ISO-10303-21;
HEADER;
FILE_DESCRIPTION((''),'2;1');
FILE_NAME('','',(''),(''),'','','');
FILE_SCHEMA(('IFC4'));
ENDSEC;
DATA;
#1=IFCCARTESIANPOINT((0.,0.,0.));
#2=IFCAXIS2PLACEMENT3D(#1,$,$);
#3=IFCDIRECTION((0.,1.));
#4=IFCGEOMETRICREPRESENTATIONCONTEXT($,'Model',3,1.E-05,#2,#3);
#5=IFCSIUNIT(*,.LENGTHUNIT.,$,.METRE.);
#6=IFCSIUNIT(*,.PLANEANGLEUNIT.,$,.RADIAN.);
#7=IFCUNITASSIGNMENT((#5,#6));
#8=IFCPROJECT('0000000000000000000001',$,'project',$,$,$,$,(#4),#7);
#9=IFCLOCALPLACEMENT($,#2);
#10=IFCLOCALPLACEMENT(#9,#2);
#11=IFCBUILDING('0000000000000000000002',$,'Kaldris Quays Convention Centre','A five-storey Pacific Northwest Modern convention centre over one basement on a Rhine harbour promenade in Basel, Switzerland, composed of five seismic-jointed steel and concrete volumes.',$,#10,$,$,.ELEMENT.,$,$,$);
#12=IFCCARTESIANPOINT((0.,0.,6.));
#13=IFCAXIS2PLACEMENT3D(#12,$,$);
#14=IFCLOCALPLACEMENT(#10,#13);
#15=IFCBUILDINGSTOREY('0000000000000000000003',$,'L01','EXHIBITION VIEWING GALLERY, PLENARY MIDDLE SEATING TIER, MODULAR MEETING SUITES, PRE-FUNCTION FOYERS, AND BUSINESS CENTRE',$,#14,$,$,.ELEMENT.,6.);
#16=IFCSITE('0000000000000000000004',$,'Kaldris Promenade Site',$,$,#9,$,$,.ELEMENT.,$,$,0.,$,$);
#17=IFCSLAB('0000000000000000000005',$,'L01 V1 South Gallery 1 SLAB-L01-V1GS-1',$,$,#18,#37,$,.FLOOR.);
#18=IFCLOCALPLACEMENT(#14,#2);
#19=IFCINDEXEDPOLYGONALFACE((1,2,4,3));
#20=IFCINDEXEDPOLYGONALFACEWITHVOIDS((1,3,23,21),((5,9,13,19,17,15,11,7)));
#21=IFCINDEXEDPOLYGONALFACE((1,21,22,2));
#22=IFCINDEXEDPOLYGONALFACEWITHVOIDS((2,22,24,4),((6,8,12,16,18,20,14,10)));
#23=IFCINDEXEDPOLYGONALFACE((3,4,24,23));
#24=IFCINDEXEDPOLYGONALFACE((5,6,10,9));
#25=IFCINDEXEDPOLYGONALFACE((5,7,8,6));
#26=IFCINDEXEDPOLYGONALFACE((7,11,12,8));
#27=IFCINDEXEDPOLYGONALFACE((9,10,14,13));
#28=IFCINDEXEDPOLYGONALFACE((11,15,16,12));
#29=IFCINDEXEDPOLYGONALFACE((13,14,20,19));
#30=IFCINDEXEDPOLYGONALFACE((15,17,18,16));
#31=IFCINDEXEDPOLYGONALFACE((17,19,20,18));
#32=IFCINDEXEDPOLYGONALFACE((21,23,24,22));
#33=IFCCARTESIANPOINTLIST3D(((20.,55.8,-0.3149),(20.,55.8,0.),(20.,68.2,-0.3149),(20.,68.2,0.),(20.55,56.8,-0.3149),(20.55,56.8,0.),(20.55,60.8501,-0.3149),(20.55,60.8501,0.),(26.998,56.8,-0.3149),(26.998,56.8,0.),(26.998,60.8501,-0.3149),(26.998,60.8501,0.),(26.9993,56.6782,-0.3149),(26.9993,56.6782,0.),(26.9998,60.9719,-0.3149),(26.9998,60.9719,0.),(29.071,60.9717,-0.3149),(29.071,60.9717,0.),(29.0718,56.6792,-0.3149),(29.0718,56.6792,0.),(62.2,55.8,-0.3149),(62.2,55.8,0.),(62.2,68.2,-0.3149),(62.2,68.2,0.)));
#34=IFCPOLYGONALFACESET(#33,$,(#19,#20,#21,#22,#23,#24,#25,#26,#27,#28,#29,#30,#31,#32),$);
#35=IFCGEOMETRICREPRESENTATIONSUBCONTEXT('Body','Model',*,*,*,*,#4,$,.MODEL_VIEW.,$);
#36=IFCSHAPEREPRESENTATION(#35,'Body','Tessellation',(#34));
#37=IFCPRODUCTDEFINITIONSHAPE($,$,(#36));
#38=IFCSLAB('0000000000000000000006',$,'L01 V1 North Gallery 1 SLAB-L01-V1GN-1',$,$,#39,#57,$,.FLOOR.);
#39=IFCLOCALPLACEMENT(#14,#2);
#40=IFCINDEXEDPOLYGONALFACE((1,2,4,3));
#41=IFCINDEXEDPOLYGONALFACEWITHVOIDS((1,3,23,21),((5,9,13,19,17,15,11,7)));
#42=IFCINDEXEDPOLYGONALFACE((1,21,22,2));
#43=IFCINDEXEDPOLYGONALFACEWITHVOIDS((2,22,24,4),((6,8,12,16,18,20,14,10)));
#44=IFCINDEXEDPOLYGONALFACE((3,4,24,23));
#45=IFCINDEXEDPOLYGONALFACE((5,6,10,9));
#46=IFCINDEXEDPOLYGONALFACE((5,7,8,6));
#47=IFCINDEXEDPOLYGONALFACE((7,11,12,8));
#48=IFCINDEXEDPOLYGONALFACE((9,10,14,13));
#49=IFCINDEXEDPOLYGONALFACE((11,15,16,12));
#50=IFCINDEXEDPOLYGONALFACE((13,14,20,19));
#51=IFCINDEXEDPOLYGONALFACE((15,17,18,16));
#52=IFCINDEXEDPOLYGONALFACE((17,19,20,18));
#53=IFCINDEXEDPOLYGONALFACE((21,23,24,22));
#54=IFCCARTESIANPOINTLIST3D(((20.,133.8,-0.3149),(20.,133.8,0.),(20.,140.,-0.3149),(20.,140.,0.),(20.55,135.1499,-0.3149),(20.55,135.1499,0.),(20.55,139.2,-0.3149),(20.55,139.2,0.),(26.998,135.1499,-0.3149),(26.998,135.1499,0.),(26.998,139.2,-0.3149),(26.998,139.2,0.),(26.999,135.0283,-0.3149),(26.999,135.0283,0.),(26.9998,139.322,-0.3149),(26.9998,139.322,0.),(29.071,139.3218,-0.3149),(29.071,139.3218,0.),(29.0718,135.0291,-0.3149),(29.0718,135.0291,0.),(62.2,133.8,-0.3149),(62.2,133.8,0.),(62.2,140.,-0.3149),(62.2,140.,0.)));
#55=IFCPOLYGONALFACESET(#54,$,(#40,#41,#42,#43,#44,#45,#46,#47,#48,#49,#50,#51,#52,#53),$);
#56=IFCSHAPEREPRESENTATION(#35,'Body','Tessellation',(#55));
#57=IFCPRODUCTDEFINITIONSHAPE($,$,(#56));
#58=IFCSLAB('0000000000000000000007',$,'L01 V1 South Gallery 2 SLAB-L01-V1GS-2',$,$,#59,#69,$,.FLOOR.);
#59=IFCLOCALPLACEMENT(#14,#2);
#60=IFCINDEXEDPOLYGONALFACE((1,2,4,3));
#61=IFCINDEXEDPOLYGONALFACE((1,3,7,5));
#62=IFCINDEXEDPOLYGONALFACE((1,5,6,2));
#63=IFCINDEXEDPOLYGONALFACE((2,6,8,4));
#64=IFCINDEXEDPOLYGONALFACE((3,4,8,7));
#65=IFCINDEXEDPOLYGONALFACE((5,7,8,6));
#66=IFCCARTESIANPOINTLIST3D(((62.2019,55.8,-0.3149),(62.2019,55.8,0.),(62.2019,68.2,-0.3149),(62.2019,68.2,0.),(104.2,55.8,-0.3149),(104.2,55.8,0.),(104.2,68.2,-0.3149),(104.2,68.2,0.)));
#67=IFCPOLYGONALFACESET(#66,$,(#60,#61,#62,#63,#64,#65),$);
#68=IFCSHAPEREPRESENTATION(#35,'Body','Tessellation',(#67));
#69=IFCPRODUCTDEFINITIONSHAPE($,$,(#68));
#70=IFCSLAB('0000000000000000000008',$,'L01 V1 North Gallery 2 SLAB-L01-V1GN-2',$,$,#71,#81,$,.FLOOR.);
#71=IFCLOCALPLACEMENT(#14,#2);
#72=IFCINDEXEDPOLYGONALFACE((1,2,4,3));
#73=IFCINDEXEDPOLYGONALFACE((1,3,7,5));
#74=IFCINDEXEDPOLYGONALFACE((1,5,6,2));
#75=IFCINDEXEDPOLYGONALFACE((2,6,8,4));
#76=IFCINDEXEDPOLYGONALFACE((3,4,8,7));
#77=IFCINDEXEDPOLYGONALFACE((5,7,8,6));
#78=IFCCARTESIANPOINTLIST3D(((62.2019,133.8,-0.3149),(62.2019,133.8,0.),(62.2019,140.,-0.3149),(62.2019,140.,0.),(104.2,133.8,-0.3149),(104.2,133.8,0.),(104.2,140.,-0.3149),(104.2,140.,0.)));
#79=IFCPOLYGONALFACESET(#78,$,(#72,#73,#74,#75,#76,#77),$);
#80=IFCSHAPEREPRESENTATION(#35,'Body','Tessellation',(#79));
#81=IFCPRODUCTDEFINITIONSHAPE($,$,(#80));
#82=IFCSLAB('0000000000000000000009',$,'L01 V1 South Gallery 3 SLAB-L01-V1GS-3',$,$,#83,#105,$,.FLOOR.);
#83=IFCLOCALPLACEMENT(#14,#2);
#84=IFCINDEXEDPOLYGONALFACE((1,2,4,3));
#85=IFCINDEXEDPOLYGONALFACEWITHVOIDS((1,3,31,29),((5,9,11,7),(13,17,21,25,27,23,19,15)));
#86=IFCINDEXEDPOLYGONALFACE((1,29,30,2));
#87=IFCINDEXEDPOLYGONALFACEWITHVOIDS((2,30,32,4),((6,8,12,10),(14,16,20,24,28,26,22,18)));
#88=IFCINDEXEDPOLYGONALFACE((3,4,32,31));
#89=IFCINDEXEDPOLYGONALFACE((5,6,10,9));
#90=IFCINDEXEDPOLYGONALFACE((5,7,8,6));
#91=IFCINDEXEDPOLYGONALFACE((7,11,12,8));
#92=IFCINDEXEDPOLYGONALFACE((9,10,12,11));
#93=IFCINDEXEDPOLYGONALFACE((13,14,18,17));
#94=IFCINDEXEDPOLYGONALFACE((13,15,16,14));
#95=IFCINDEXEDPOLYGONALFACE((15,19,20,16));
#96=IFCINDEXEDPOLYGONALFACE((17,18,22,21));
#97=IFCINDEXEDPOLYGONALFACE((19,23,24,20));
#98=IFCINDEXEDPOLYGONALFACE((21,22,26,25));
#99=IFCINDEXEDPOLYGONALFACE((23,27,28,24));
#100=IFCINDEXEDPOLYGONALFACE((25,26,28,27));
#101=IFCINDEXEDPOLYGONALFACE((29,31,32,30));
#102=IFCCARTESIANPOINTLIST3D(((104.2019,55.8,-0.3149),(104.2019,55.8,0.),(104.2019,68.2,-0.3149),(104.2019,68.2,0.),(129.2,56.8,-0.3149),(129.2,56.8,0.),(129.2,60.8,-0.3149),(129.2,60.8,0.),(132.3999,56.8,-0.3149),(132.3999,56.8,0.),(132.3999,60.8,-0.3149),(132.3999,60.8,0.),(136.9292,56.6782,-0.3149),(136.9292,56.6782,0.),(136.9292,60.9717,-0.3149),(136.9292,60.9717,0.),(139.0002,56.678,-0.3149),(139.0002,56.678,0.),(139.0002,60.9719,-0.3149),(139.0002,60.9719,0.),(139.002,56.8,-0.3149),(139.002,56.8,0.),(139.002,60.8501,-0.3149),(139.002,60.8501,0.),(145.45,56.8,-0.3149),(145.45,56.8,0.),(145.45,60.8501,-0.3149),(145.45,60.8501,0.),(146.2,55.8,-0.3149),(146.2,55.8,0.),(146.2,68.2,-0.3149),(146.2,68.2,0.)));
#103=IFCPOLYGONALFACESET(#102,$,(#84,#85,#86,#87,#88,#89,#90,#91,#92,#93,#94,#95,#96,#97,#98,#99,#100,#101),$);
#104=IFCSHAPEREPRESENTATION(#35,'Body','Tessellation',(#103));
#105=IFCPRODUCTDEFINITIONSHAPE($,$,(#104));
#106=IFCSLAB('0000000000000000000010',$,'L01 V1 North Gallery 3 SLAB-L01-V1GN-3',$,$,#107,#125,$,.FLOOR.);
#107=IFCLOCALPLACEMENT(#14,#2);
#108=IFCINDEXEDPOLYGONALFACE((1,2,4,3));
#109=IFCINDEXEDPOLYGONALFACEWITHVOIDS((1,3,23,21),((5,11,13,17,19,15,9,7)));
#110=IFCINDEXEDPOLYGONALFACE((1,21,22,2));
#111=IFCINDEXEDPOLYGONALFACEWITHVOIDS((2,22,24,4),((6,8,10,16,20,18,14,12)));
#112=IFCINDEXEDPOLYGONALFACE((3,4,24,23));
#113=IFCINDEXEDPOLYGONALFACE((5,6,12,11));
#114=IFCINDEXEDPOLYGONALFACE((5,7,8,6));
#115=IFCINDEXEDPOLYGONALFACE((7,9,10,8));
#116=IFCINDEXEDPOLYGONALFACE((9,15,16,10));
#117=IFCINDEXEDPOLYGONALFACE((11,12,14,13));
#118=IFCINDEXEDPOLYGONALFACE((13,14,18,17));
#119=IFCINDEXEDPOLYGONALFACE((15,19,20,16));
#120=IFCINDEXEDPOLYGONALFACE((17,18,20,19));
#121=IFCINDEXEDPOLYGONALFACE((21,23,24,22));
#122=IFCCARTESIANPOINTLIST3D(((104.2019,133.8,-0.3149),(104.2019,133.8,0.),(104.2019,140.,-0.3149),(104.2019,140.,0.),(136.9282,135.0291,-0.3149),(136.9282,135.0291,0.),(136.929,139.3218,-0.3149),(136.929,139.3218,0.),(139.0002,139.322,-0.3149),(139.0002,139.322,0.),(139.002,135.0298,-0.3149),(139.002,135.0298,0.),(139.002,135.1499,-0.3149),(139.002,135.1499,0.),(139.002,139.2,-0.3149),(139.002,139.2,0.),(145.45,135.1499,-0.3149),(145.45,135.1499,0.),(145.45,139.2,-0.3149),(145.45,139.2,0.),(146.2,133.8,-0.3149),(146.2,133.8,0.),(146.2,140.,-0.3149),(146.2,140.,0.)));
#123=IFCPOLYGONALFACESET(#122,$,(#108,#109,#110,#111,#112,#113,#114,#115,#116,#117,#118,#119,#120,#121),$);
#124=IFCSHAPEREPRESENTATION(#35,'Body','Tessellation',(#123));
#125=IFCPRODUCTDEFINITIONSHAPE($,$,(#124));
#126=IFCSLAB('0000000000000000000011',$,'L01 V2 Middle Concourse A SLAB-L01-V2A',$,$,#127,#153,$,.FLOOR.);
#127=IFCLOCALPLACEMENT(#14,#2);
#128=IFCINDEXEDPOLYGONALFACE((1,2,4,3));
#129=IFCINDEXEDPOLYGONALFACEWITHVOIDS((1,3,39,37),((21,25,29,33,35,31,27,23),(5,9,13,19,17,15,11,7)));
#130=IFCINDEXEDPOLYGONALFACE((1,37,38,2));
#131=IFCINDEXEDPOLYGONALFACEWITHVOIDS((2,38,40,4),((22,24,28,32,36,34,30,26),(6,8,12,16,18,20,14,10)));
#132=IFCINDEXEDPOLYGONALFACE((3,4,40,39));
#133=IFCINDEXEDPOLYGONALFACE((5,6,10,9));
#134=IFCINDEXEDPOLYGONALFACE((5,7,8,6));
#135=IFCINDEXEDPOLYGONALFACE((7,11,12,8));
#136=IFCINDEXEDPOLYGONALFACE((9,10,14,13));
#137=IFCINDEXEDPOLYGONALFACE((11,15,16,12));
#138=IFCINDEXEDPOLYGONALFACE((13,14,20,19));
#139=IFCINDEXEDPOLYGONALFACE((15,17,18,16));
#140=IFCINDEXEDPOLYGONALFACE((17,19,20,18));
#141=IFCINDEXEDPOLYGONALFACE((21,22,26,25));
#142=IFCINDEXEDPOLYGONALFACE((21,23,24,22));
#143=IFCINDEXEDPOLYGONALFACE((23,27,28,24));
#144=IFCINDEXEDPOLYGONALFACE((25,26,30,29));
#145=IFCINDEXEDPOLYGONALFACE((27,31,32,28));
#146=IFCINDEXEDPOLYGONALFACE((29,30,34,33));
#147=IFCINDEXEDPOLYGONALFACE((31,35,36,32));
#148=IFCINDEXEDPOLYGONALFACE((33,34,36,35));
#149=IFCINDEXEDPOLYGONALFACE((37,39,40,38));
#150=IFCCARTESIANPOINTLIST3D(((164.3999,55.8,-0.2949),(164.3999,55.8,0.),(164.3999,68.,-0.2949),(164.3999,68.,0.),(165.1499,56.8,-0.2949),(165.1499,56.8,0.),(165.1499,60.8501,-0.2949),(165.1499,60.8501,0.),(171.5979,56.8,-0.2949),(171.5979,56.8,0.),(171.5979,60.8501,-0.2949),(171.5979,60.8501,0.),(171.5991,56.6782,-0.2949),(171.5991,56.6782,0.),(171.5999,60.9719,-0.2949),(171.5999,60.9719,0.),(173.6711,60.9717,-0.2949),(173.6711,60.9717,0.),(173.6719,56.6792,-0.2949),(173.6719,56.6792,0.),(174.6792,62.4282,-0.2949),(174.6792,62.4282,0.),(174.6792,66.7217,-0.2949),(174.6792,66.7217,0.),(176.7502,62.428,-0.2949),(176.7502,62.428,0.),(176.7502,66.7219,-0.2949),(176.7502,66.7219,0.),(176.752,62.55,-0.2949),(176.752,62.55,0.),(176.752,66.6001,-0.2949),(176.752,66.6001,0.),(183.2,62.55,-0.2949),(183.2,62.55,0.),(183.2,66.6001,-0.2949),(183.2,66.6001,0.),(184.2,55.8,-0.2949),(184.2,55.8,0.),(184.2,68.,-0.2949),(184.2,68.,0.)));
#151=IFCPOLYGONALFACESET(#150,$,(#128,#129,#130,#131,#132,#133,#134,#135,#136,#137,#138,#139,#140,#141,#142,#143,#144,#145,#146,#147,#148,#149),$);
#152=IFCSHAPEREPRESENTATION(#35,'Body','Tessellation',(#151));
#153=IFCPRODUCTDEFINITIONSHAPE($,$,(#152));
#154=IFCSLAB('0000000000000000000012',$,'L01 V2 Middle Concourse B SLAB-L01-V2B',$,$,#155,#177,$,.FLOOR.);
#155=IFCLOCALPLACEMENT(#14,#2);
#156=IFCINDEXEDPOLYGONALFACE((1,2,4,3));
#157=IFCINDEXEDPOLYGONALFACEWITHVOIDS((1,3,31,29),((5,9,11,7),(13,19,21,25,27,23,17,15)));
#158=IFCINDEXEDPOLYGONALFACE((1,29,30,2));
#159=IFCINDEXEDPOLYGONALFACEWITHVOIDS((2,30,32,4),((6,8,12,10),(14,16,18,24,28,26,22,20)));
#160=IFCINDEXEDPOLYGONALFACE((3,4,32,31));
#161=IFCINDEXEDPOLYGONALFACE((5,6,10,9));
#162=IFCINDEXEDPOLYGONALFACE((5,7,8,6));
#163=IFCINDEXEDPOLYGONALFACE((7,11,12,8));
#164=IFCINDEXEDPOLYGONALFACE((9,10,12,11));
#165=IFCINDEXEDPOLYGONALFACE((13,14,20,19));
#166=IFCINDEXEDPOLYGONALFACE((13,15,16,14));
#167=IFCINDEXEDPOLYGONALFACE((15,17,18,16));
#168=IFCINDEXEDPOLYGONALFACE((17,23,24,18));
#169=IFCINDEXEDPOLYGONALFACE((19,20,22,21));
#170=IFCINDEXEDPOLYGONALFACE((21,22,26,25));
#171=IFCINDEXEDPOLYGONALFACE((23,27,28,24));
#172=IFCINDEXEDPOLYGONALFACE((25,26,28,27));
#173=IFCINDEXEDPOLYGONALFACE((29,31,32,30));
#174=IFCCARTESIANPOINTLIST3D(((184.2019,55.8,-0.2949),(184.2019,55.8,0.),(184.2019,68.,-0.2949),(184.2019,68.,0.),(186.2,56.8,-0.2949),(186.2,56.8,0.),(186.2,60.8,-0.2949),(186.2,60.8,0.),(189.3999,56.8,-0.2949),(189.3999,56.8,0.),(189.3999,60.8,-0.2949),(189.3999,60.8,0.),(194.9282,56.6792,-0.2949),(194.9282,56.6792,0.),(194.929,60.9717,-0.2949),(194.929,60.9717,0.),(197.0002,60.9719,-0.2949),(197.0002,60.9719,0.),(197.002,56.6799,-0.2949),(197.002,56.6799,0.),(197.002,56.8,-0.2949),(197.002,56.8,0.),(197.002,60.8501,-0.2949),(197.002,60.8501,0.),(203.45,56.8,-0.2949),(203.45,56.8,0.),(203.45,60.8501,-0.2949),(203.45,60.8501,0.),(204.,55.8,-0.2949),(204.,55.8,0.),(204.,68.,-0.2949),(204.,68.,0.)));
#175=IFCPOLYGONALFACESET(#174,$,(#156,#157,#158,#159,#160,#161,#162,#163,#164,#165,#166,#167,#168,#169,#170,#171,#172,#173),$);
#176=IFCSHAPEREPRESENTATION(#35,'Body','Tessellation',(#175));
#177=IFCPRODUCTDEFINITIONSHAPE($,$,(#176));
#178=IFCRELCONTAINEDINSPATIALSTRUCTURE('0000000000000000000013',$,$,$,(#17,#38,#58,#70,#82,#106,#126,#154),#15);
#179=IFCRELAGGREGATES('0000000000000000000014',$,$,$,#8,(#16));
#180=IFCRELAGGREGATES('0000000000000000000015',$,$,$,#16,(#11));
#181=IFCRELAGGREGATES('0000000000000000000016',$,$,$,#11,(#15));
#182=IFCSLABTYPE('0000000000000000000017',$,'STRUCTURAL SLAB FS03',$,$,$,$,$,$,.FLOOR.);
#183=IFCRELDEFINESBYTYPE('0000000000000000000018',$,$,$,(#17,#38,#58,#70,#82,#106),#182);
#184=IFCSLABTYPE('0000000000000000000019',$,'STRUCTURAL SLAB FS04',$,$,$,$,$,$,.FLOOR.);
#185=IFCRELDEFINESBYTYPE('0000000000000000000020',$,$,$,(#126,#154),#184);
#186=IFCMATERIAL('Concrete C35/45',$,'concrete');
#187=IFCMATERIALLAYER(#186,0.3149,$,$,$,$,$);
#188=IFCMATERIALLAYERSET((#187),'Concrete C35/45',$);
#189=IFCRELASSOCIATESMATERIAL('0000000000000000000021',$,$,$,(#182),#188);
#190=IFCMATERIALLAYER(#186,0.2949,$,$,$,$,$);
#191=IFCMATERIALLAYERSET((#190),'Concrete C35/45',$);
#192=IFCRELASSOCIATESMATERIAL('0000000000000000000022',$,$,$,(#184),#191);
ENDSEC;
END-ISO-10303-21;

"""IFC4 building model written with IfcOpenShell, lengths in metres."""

from ifc_helpers import new_model, si_unit, direction, frame, origin, place, context, subcontext, project, spatial, polyline, outline, extrude, material, layer, layer_set, type_object, element, save


model = new_model("IFC4")

# Units and contexts
model_context = context("Model", 3, precision=1e-05, world=origin(), true_north=direction((0.0, 1.0)))
body_context = subcontext(model_context, "Body", "Model", "MODEL_VIEW")
ifc_project = project(units=[si_unit("LENGTHUNIT", "METRE"), si_unit("PLANEANGLEUNIT", "RADIAN")], contexts=[model_context])

# Site, building, storey
site_placement = place(None, origin())
site = spatial("IfcSite", under=ifc_project, at=site_placement, Name="Kaldris Promenade Site", CompositionType="ELEMENT", RefElevation=0.0)
building_placement = place(site_placement, origin())
building = spatial("IfcBuilding", under=site, at=building_placement, Name="Kaldris Quays Convention Centre", Description="A five-storey Pacific Northwest Modern convention centre over one basement on a Rhine harbour promenade in Basel, Switzerland, composed of five seismic-jointed steel and concrete volumes.", CompositionType="ELEMENT")
storey_placement = place(building_placement, frame((0.0, 0.0, 6.0)))
storey = spatial("IfcBuildingStorey", under=building, at=storey_placement, Name="L01", Description="EXHIBITION VIEWING GALLERY, PLENARY MIDDLE SEATING TIER, MODULAR MEETING SUITES, PRE-FUNCTION FOYERS, AND BUSINESS CENTRE", CompositionType="ELEMENT", Elevation=6.0)

# Slabs
ifc_material = material(Name="Concrete C35/45", Category="concrete")
ifc_layer_1 = layer(ifc_material, 0.3149)
ifc_layer_set_1 = layer_set([ifc_layer_1], Name="Concrete C35/45")
slab_type_1 = type_object("IfcSlabType", Name="STRUCTURAL SLAB FS03", PredefinedType="FLOOR", material=ifc_layer_set_1)
slab_1_placement = place(storey_placement, frame((0.0, 0.0, -0.3149)))
element("IfcSlab", 1, at=slab_1_placement, inside=storey, type_object=slab_type_1, Name="L01 V1 South Gallery 1 SLAB-L01-V1GS-1", PredefinedType="FLOOR", context=body_context, shape_type="SweptSolid", body=[
    extrude(outline(polyline([(20.0, 55.8), (20.0, 68.2), (62.2, 68.2), (62.2, 55.8), (20.0, 55.8)]), holes=[polyline([(26.9993, 56.6782), (29.0718, 56.6792), (29.071, 60.9717), (26.9998, 60.9719), (26.998, 60.8501), (20.55, 60.8501), (20.55, 56.8), (26.998, 56.8), (26.9993, 56.6782)])]), origin(), (0.0, 0.0, 1.0), 0.3149),
])
slab_2_placement = place(storey_placement, frame((0.0, 0.0, -0.3149)))
element("IfcSlab", 2, at=slab_2_placement, inside=storey, type_object=slab_type_1, Name="L01 V1 North Gallery 1 SLAB-L01-V1GN-1", PredefinedType="FLOOR", context=body_context, shape_type="SweptSolid", body=[
    extrude(outline(polyline([(20.0, 133.8), (20.0, 140.0), (62.2, 140.0), (62.2, 133.8), (20.0, 133.8)]), holes=[polyline([(26.999, 135.0283), (29.0718, 135.0291), (29.071, 139.3218), (26.9998, 139.322), (26.998, 139.2), (20.55, 139.2), (20.55, 135.1499), (26.998, 135.1499), (26.999, 135.0283)])]), origin(), (0.0, 0.0, 1.0), 0.3149),
])
slab_3_placement = place(storey_placement, frame((0.0, 0.0, -0.3149)))
element("IfcSlab", 3, at=slab_3_placement, inside=storey, type_object=slab_type_1, Name="L01 V1 South Gallery 2 SLAB-L01-V1GS-2", PredefinedType="FLOOR", context=body_context, shape_type="SweptSolid", body=[
    extrude(outline(polyline([(104.2, 68.2), (104.2, 55.8), (62.2019, 55.8), (62.2019, 68.2), (104.2, 68.2)])), origin(), (0.0, 0.0, 1.0), 0.3149),
])
slab_4_placement = place(storey_placement, frame((0.0, 0.0, -0.3149)))
element("IfcSlab", 4, at=slab_4_placement, inside=storey, type_object=slab_type_1, Name="L01 V1 North Gallery 2 SLAB-L01-V1GN-2", PredefinedType="FLOOR", context=body_context, shape_type="SweptSolid", body=[
    extrude(outline(polyline([(104.2, 140.0), (104.2, 133.8), (62.2019, 133.8), (62.2019, 140.0), (104.2, 140.0)])), origin(), (0.0, 0.0, 1.0), 0.3149),
])
slab_5_placement = place(storey_placement, frame((0.0, 0.0, -0.3149)))
element("IfcSlab", 5, at=slab_5_placement, inside=storey, type_object=slab_type_1, Name="L01 V1 South Gallery 3 SLAB-L01-V1GS-3", PredefinedType="FLOOR", context=body_context, shape_type="SweptSolid", body=[
    extrude(outline(polyline([(146.2, 68.2), (146.2, 55.8), (104.2019, 55.8), (104.2019, 68.2), (146.2, 68.2)]), holes=[polyline([(132.3999, 56.8), (132.3999, 60.8), (129.2, 60.8), (129.2, 56.8), (132.3999, 56.8)]), polyline([(136.9292, 56.6782), (139.0002, 56.678), (139.002, 56.8), (145.45, 56.8), (145.45, 60.8501), (139.002, 60.8501), (139.0002, 60.9719), (136.9292, 60.9717), (136.9292, 56.6782)])]), origin(), (0.0, 0.0, 1.0), 0.3149),
])
slab_6_placement = place(storey_placement, frame((0.0, 0.0, -0.3149)))
element("IfcSlab", 6, at=slab_6_placement, inside=storey, type_object=slab_type_1, Name="L01 V1 North Gallery 3 SLAB-L01-V1GN-3", PredefinedType="FLOOR", context=body_context, shape_type="SweptSolid", body=[
    extrude(outline(polyline([(146.2, 140.0), (146.2, 133.8), (104.2019, 133.8), (104.2019, 140.0), (146.2, 140.0)]), holes=[polyline([(139.002, 135.0298), (139.002, 135.1499), (145.45, 135.1499), (145.45, 139.2), (139.002, 139.2), (139.0002, 139.322), (136.929, 139.3218), (136.9282, 135.0291), (139.002, 135.0298)])]), origin(), (0.0, 0.0, 1.0), 0.3149),
])
ifc_layer_2 = layer(ifc_material, 0.2949)
ifc_layer_set_2 = layer_set([ifc_layer_2], Name="Concrete C35/45")
slab_type_2 = type_object("IfcSlabType", Name="STRUCTURAL SLAB FS04", PredefinedType="FLOOR", material=ifc_layer_set_2)
slab_7_placement = place(storey_placement, frame((0.0, 0.0, -0.2949)))
element("IfcSlab", 7, at=slab_7_placement, inside=storey, type_object=slab_type_2, Name="L01 V2 Middle Concourse A SLAB-L01-V2A", PredefinedType="FLOOR", context=body_context, shape_type="SweptSolid", body=[
    extrude(outline(polyline([(164.3999, 55.8), (164.3999, 68.0), (184.2, 68.0), (184.2, 55.8), (164.3999, 55.8)]), holes=[polyline([(171.5991, 56.6782), (173.6719, 56.6792), (173.6711, 60.9717), (171.5999, 60.9719), (171.5979, 60.8501), (165.1499, 60.8501), (165.1499, 56.8), (171.5979, 56.8), (171.5991, 56.6782)]), polyline([(174.6792, 62.4282), (176.7502, 62.428), (176.752, 62.55), (183.2, 62.55), (183.2, 66.6001), (176.752, 66.6001), (176.7502, 66.7219), (174.6792, 66.7217), (174.6792, 62.4282)])]), origin(), (0.0, 0.0, 1.0), 0.2949),
])
slab_8_placement = place(storey_placement, frame((0.0, 0.0, -0.2949)))
element("IfcSlab", 8, at=slab_8_placement, inside=storey, type_object=slab_type_2, Name="L01 V2 Middle Concourse B SLAB-L01-V2B", PredefinedType="FLOOR", context=body_context, shape_type="SweptSolid", body=[
    extrude(outline(polyline([(204.0, 68.0), (204.0, 55.8), (184.2019, 55.8), (184.2019, 68.0), (204.0, 68.0)]), holes=[polyline([(186.2, 56.8), (189.3999, 56.8), (189.3999, 60.8), (186.2, 60.8), (186.2, 56.8)]), polyline([(197.002, 56.6799), (197.002, 56.8), (203.45, 56.8), (203.45, 60.8501), (197.002, 60.8501), (197.0002, 60.9719), (194.929, 60.9717), (194.9282, 56.6792), (197.002, 56.6799)])]), origin(), (0.0, 0.0, 1.0), 0.2949),
])

save(model, "model.ifc")
